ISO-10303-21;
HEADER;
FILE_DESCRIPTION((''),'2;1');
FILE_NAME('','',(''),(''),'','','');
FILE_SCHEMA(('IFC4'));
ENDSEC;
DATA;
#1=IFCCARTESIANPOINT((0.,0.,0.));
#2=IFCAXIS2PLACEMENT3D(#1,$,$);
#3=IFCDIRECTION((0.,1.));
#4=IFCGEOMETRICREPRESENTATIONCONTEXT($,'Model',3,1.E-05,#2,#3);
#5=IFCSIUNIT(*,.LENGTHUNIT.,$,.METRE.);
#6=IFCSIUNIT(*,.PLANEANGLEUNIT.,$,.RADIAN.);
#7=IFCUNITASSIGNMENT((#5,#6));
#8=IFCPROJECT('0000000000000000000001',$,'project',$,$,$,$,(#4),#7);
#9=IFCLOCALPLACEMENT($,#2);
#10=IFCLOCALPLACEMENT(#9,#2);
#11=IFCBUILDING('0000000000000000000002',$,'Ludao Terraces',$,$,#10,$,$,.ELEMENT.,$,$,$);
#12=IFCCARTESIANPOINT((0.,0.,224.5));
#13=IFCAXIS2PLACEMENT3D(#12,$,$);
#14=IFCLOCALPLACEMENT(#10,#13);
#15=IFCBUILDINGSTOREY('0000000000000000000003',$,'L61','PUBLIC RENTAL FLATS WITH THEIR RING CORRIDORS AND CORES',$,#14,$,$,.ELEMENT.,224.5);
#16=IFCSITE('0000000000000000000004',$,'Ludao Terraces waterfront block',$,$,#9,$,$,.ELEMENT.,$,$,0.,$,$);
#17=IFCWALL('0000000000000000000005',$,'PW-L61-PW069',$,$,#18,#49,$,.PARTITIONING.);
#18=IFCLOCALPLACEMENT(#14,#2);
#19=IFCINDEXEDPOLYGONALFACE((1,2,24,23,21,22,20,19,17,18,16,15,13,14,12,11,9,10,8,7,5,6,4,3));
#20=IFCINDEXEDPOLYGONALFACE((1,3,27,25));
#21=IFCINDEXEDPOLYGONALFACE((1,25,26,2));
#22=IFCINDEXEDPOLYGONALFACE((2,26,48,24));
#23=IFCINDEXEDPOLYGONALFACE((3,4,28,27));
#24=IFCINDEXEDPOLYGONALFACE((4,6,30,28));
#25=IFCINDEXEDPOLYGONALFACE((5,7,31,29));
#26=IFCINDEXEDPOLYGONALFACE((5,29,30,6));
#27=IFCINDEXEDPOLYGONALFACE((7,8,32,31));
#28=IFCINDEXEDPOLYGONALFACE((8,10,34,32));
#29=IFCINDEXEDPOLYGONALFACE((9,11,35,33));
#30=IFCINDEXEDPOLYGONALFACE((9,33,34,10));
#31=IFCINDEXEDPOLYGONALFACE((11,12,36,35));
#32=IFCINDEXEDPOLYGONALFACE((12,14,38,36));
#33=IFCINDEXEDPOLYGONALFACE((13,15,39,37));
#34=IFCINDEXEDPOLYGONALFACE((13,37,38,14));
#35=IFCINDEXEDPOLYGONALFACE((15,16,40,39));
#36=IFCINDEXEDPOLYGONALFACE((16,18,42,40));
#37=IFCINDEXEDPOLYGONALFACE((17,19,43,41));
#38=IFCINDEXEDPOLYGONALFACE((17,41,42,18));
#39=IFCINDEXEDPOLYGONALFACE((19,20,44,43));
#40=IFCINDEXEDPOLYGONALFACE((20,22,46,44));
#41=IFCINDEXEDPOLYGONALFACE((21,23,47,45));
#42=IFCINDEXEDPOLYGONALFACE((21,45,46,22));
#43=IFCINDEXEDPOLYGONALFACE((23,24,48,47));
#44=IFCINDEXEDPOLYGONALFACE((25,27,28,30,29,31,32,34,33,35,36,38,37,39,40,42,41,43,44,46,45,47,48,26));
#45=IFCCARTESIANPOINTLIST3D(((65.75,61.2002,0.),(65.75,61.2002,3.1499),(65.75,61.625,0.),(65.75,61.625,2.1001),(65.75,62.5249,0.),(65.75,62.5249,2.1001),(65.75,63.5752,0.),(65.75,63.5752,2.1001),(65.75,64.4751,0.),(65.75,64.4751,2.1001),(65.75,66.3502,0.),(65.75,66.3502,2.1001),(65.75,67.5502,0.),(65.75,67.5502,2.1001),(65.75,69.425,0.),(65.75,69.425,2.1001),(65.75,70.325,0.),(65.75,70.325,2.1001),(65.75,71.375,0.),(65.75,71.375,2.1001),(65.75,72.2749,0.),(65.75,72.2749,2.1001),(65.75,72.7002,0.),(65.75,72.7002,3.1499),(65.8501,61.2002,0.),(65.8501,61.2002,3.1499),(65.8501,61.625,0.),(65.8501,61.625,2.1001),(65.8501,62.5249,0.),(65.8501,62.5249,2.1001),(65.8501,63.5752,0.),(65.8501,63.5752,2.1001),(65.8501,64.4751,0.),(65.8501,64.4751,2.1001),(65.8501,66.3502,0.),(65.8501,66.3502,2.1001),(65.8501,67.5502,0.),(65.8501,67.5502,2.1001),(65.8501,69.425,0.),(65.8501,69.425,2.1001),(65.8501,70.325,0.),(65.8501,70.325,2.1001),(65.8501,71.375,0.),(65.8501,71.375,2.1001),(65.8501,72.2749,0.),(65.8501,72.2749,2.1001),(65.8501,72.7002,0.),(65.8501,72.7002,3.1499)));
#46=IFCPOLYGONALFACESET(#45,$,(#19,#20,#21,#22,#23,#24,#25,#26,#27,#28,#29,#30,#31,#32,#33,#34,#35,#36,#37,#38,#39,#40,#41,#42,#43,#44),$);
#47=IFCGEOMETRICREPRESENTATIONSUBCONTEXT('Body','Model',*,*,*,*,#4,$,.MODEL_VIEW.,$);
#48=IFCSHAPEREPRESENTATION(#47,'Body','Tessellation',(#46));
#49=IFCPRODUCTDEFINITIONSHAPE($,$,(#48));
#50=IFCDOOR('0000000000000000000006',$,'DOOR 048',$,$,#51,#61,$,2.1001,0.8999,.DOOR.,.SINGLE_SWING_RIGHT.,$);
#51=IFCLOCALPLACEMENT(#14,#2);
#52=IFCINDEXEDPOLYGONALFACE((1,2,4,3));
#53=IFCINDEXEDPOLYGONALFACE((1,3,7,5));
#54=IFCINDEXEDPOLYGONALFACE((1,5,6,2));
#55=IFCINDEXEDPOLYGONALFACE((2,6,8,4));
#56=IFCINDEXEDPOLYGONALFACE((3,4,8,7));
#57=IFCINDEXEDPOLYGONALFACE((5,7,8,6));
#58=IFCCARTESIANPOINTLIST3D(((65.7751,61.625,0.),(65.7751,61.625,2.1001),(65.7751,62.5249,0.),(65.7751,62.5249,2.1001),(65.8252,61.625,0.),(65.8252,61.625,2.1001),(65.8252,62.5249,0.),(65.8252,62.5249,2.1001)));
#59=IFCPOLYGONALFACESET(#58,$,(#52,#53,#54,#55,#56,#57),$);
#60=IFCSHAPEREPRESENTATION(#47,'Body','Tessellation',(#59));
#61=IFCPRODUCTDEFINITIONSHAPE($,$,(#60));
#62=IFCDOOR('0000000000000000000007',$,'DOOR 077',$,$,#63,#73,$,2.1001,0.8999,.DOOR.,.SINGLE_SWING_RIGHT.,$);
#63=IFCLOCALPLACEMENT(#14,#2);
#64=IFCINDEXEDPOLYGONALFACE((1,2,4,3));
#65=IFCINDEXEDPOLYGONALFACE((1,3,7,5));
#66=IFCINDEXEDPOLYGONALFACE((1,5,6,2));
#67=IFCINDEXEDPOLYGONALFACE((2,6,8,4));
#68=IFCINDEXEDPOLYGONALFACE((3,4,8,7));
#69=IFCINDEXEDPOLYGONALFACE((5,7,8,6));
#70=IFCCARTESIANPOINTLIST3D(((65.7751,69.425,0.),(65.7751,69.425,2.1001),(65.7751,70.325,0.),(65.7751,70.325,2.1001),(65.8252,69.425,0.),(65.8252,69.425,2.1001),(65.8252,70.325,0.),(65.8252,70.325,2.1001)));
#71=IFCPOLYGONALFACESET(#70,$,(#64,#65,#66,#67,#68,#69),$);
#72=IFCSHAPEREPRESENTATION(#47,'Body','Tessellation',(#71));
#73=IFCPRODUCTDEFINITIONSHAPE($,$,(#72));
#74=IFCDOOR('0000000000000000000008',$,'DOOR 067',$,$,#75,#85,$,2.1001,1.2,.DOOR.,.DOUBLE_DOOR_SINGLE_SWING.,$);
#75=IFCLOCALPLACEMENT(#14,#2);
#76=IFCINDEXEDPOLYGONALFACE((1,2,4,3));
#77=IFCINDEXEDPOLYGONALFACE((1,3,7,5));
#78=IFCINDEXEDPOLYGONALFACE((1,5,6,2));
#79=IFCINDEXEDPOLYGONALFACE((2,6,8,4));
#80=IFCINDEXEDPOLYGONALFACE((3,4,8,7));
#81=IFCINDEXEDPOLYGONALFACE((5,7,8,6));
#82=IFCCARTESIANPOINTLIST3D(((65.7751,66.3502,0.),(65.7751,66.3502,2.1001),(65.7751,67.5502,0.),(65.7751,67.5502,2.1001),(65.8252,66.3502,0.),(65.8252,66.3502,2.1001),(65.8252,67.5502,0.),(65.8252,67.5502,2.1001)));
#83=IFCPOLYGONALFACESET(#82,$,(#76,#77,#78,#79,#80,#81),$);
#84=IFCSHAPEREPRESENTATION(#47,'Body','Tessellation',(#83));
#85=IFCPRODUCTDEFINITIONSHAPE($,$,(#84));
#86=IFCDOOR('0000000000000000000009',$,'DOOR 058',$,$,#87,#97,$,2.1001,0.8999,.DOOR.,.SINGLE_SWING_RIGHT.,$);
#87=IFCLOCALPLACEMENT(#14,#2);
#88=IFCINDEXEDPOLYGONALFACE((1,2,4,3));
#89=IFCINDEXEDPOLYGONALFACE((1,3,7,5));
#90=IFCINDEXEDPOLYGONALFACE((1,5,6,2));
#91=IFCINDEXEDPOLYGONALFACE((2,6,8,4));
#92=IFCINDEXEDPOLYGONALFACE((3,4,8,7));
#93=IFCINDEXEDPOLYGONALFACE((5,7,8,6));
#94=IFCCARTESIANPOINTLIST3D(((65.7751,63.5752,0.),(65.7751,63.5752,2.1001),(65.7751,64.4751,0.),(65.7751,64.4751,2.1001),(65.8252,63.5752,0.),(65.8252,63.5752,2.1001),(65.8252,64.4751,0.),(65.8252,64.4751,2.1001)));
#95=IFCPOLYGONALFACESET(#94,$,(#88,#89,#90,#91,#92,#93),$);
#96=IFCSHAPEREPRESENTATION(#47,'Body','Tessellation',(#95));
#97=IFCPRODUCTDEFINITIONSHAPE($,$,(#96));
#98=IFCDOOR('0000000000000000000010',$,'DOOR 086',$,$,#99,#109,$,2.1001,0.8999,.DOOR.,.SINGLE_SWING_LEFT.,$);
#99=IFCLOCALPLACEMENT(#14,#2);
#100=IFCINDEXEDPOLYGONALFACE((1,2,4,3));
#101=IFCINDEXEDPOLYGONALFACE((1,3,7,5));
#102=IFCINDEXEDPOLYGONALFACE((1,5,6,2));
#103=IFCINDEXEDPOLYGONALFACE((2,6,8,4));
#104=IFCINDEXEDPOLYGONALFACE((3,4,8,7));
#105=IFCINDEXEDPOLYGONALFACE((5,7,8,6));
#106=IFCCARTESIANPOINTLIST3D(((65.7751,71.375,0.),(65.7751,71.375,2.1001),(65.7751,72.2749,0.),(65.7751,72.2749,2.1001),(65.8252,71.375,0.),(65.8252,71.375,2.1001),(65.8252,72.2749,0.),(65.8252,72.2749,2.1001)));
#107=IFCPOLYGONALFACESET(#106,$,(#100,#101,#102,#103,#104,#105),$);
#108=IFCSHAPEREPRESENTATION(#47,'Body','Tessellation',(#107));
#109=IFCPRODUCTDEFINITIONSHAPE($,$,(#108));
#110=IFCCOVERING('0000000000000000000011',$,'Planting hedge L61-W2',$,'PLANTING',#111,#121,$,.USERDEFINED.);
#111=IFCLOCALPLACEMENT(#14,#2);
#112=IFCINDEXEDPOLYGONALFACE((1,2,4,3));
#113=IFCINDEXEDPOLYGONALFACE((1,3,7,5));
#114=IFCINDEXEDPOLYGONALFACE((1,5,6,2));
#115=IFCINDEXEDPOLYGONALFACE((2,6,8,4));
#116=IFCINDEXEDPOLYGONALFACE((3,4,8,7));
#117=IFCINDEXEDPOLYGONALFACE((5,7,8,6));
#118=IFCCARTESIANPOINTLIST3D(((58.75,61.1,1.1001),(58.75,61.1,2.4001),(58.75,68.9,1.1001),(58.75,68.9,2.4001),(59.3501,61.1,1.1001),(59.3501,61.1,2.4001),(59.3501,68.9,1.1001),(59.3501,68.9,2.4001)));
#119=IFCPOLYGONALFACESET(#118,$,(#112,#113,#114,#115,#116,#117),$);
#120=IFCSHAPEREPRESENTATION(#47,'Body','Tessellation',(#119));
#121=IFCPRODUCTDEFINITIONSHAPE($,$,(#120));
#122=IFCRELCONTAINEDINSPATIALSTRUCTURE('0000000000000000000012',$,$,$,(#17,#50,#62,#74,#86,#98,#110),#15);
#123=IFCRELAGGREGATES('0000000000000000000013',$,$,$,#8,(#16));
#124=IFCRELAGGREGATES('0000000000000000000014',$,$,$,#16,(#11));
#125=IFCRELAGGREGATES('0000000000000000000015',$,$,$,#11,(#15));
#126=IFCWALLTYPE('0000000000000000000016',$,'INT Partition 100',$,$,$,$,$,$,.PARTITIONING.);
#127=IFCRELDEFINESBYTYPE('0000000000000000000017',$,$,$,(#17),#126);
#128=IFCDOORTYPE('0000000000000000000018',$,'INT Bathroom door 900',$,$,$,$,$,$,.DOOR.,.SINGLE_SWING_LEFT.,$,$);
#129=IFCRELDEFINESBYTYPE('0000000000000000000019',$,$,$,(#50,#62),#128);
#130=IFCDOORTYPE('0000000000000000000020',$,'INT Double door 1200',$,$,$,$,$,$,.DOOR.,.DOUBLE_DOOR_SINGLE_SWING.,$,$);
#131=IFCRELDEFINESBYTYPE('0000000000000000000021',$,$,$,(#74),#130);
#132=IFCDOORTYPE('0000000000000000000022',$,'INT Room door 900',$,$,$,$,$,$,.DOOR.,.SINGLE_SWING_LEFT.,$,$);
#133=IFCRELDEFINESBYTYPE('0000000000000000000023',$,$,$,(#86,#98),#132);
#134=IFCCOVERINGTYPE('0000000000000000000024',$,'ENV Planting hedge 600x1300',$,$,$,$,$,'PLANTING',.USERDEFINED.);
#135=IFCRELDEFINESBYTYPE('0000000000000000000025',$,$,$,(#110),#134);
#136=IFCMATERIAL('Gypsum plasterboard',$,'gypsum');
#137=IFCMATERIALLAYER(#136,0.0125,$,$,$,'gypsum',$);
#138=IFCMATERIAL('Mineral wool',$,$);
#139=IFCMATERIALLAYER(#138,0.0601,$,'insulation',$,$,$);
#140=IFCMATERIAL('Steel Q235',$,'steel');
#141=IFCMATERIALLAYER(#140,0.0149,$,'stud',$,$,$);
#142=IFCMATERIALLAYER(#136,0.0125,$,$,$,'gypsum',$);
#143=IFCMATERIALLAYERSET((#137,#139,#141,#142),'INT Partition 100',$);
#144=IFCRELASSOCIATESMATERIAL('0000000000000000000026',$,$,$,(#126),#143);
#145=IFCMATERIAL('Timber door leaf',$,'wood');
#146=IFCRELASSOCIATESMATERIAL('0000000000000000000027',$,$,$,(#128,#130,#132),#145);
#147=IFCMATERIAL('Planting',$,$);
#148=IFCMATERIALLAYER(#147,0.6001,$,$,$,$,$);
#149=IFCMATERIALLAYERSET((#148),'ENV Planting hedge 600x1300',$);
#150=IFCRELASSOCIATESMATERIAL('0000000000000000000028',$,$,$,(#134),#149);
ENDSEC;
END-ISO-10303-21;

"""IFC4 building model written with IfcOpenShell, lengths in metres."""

from ifc_helpers import new_model, si_unit, direction, frame, frame_2d, origin, origin_2d, place, context, subcontext, project, spatial, rectangle, extrude, material, layer, layer_set, type_object, element, fill, save


model = new_model("IFC4")

# Units and contexts
model_context = context("Model", 3, precision=1e-05, world=origin(), true_north=direction((0.0, 1.0)))
body_context = subcontext(model_context, "Body", "Model", "MODEL_VIEW")
ifc_project = project(units=[si_unit("LENGTHUNIT", "METRE"), si_unit("PLANEANGLEUNIT", "RADIAN")], contexts=[model_context])

# Site, building, storey
site_placement = place(None, origin())
site = spatial("IfcSite", under=ifc_project, at=site_placement, Name="Ludao Terraces waterfront block", CompositionType="ELEMENT", RefElevation=0.0)
building_placement = place(site_placement, origin())
building = spatial("IfcBuilding", under=site, at=building_placement, Name="Ludao Terraces", CompositionType="ELEMENT")
storey_placement = place(building_placement, frame((0.0, 0.0, 224.5)))
storey = spatial("IfcBuildingStorey", under=building, at=storey_placement, Name="L61", Description="PUBLIC RENTAL FLATS WITH THEIR RING CORRIDORS AND CORES", CompositionType="ELEMENT", Elevation=224.5)

# Shared definitions
ifc_material_1 = material(Name="Mineral wool")

# Shared definitions
ifc_material_2 = material(Name="Gypsum plasterboard", Category="gypsum")
ifc_layer_1 = layer(ifc_material_2, 0.0125, Category="gypsum")
ifc_layer_2 = layer(ifc_material_1, 0.0601, Name="insulation")
ifc_material_3 = material(Name="Steel Q235", Category="steel")
ifc_layer_3 = layer(ifc_material_3, 0.0149, Name="stud")
ifc_layer_4 = layer(ifc_material_2, 0.0125, Category="gypsum")
ifc_layer_set_1 = layer_set([ifc_layer_1, ifc_layer_2, ifc_layer_3, ifc_layer_4], Name="INT Partition 100")
wall_type_1 = type_object("IfcWallType", Name="INT Partition 100", PredefinedType="PARTITIONING", material=ifc_layer_set_1)

# Wall, openings, doors
wall_1_placement = place(storey_placement, frame((65.8, 61.2002, 0.0), z_axis=(0.0, 0.0, 1.0), x_axis=(0.0, 1.0, 0.0)))
wall_1 = element("IfcWall", 1, at=wall_1_placement, inside=storey, type_object=wall_type_1, Name="PW-L61-PW069", PredefinedType="PARTITIONING", context=body_context, shape_type="SweptSolid", body=[
    extrude(rectangle(XDim=11.5, YDim=0.1001, at=frame_2d((5.75, 0.0))), origin(), (0.0, 0.0, 1.0), 3.1499),
])
opening_1_placement = place(wall_1_placement, frame((0.4248, 0.0, 0.0)))
opening_1 = element("IfcOpeningElement", 2, at=opening_1_placement, cuts=wall_1, PredefinedType="OPENING", context=body_context, shape_type="SweptSolid", body=[
    extrude(rectangle(XDim=0.8999, YDim=2.1001, at=frame_2d((0.45, 1.05))), frame((0.0, 0.0601, 0.0), z_axis=(0.0, -1.0, 0.0), x_axis=(1.0, 0.0, 0.0)), (0.0, 0.0, 1.0), 0.1201),
])
opening_2_placement = place(wall_1_placement, frame((2.375, 0.0, 0.0)))
opening_2 = element("IfcOpeningElement", 3, at=opening_2_placement, cuts=wall_1, PredefinedType="OPENING", context=body_context, shape_type="SweptSolid", body=[
    extrude(rectangle(XDim=0.8999, YDim=2.1001, at=frame_2d((0.45, 1.05))), frame((0.0, 0.0601, 0.0), z_axis=(0.0, -1.0, 0.0), x_axis=(1.0, 0.0, 0.0)), (0.0, 0.0, 1.0), 0.1201),
])
opening_3_placement = place(wall_1_placement, frame((5.1499, 0.0, 0.0)))
opening_3 = element("IfcOpeningElement", 4, at=opening_3_placement, cuts=wall_1, PredefinedType="OPENING", context=body_context, shape_type="SweptSolid", body=[
    extrude(rectangle(XDim=1.2, YDim=2.1001, at=frame_2d((0.6001, 1.05))), frame((0.0, 0.0601, 0.0), z_axis=(0.0, -1.0, 0.0), x_axis=(1.0, 0.0, 0.0)), (0.0, 0.0, 1.0), 0.1201),
])
opening_4_placement = place(wall_1_placement, frame((8.2249, 0.0, 0.0)))
opening_4 = element("IfcOpeningElement", 5, at=opening_4_placement, cuts=wall_1, PredefinedType="OPENING", context=body_context, shape_type="SweptSolid", body=[
    extrude(rectangle(XDim=0.8999, YDim=2.1001, at=frame_2d((0.45, 1.05))), frame((0.0, 0.0601, 0.0), z_axis=(0.0, -1.0, 0.0), x_axis=(1.0, 0.0, 0.0)), (0.0, 0.0, 1.0), 0.1201),
])
opening_5_placement = place(wall_1_placement, frame((10.1748, 0.0, 0.0)))
opening_5 = element("IfcOpeningElement", 6, at=opening_5_placement, cuts=wall_1, PredefinedType="OPENING", context=body_context, shape_type="SweptSolid", body=[
    extrude(rectangle(XDim=0.8999, YDim=2.1001, at=frame_2d((0.45, 1.05))), frame((0.0, 0.0601, 0.0), z_axis=(0.0, -1.0, 0.0), x_axis=(1.0, 0.0, 0.0)), (0.0, 0.0, 1.0), 0.1201),
])
ifc_material_4 = material(Name="Timber door leaf", Category="wood")
door_type_1 = type_object("IfcDoorType", Name="INT Bathroom door 900", OperationType="SINGLE_SWING_LEFT", PredefinedType="DOOR", material=ifc_material_4)
door_1_placement = place(opening_1_placement, origin())
door_1 = element("IfcDoor", 7, at=door_1_placement, inside=storey, type_object=door_type_1, Name="DOOR 048", OperationType="SINGLE_SWING_RIGHT", OverallHeight=2.1001, OverallWidth=0.8999, PredefinedType="DOOR", context=body_context, shape_type="SweptSolid", body=[
    extrude(rectangle(XDim=0.8999, YDim=2.1001, at=frame_2d((0.45, 1.05))), frame((0.0, 0.0249, 0.0), z_axis=(0.0, -1.0, 0.0), x_axis=(1.0, 0.0, 0.0)), (0.0, 0.0, 1.0), 0.05),
])
fill(opening_1, door_1)
door_2_placement = place(opening_4_placement, origin())
door_2 = element("IfcDoor", 8, at=door_2_placement, inside=storey, type_object=door_type_1, Name="DOOR 077", OperationType="SINGLE_SWING_RIGHT", OverallHeight=2.1001, OverallWidth=0.8999, PredefinedType="DOOR", context=body_context, shape_type="SweptSolid", body=[
    extrude(rectangle(XDim=0.8999, YDim=2.1001, at=frame_2d((0.45, 1.05))), frame((0.0, 0.0249, 0.0), z_axis=(0.0, -1.0, 0.0), x_axis=(1.0, 0.0, 0.0)), (0.0, 0.0, 1.0), 0.05),
])
fill(opening_4, door_2)
door_type_2 = type_object("IfcDoorType", Name="INT Double door 1200", OperationType="DOUBLE_DOOR_SINGLE_SWING", PredefinedType="DOOR", material=ifc_material_4)
door_3_placement = place(opening_3_placement, origin())
door_3 = element("IfcDoor", 9, at=door_3_placement, inside=storey, type_object=door_type_2, Name="DOOR 067", OperationType="DOUBLE_DOOR_SINGLE_SWING", OverallHeight=2.1001, OverallWidth=1.2, PredefinedType="DOOR", context=body_context, shape_type="SweptSolid", body=[
    extrude(rectangle(XDim=1.2, YDim=2.1001, at=frame_2d((0.6001, 1.05))), frame((0.0, 0.0249, 0.0), z_axis=(0.0, -1.0, 0.0), x_axis=(1.0, 0.0, 0.0)), (0.0, 0.0, 1.0), 0.05),
])
fill(opening_3, door_3)
door_type_3 = type_object("IfcDoorType", Name="INT Room door 900", OperationType="SINGLE_SWING_LEFT", PredefinedType="DOOR", material=ifc_material_4)
door_4_placement = place(opening_2_placement, origin())
door_4 = element("IfcDoor", 10, at=door_4_placement, inside=storey, type_object=door_type_3, Name="DOOR 058", OperationType="SINGLE_SWING_RIGHT", OverallHeight=2.1001, OverallWidth=0.8999, PredefinedType="DOOR", context=body_context, shape_type="SweptSolid", body=[
    extrude(rectangle(XDim=0.8999, YDim=2.1001, at=frame_2d((0.45, 1.05))), frame((0.0, 0.0249, 0.0), z_axis=(0.0, -1.0, 0.0), x_axis=(1.0, 0.0, 0.0)), (0.0, 0.0, 1.0), 0.05),
])
fill(opening_2, door_4)
door_5_placement = place(opening_5_placement, origin())
door_5 = element("IfcDoor", 11, at=door_5_placement, inside=storey, type_object=door_type_3, Name="DOOR 086", OperationType="SINGLE_SWING_LEFT", OverallHeight=2.1001, OverallWidth=0.8999, PredefinedType="DOOR", context=body_context, shape_type="SweptSolid", body=[
    extrude(rectangle(XDim=0.8999, YDim=2.1001, at=frame_2d((0.45, 1.05))), frame((0.0, 0.0249, 0.0), z_axis=(0.0, -1.0, 0.0), x_axis=(1.0, 0.0, 0.0)), (0.0, 0.0, 1.0), 0.05),
])
fill(opening_5, door_5)

# Covering
ifc_material_5 = material(Name="Planting")
ifc_layer_5 = layer(ifc_material_5, 0.6001)
ifc_layer_set_2 = layer_set([ifc_layer_5], Name="ENV Planting hedge 600x1300")
covering_type = type_object("IfcCoveringType", Name="ENV Planting hedge 600x1300", ElementType="PLANTING", PredefinedType="USERDEFINED", material=ifc_layer_set_2)
covering_placement = place(storey_placement, frame((59.05, 65.0, 1.1001), z_axis=(0.0, 0.0, 1.0), x_axis=(1.0, 0.0, 0.0)))
element("IfcCovering", 12, at=covering_placement, inside=storey, type_object=covering_type, Name="Planting hedge L61-W2", ObjectType="PLANTING", PredefinedType="USERDEFINED", context=body_context, shape_type="SweptSolid", body=[
    extrude(rectangle(XDim=0.6001, YDim=7.8, at=origin_2d()), origin(), (0.0, 0.0, 1.0), 1.3),
])

save(model, "model.ifc")
